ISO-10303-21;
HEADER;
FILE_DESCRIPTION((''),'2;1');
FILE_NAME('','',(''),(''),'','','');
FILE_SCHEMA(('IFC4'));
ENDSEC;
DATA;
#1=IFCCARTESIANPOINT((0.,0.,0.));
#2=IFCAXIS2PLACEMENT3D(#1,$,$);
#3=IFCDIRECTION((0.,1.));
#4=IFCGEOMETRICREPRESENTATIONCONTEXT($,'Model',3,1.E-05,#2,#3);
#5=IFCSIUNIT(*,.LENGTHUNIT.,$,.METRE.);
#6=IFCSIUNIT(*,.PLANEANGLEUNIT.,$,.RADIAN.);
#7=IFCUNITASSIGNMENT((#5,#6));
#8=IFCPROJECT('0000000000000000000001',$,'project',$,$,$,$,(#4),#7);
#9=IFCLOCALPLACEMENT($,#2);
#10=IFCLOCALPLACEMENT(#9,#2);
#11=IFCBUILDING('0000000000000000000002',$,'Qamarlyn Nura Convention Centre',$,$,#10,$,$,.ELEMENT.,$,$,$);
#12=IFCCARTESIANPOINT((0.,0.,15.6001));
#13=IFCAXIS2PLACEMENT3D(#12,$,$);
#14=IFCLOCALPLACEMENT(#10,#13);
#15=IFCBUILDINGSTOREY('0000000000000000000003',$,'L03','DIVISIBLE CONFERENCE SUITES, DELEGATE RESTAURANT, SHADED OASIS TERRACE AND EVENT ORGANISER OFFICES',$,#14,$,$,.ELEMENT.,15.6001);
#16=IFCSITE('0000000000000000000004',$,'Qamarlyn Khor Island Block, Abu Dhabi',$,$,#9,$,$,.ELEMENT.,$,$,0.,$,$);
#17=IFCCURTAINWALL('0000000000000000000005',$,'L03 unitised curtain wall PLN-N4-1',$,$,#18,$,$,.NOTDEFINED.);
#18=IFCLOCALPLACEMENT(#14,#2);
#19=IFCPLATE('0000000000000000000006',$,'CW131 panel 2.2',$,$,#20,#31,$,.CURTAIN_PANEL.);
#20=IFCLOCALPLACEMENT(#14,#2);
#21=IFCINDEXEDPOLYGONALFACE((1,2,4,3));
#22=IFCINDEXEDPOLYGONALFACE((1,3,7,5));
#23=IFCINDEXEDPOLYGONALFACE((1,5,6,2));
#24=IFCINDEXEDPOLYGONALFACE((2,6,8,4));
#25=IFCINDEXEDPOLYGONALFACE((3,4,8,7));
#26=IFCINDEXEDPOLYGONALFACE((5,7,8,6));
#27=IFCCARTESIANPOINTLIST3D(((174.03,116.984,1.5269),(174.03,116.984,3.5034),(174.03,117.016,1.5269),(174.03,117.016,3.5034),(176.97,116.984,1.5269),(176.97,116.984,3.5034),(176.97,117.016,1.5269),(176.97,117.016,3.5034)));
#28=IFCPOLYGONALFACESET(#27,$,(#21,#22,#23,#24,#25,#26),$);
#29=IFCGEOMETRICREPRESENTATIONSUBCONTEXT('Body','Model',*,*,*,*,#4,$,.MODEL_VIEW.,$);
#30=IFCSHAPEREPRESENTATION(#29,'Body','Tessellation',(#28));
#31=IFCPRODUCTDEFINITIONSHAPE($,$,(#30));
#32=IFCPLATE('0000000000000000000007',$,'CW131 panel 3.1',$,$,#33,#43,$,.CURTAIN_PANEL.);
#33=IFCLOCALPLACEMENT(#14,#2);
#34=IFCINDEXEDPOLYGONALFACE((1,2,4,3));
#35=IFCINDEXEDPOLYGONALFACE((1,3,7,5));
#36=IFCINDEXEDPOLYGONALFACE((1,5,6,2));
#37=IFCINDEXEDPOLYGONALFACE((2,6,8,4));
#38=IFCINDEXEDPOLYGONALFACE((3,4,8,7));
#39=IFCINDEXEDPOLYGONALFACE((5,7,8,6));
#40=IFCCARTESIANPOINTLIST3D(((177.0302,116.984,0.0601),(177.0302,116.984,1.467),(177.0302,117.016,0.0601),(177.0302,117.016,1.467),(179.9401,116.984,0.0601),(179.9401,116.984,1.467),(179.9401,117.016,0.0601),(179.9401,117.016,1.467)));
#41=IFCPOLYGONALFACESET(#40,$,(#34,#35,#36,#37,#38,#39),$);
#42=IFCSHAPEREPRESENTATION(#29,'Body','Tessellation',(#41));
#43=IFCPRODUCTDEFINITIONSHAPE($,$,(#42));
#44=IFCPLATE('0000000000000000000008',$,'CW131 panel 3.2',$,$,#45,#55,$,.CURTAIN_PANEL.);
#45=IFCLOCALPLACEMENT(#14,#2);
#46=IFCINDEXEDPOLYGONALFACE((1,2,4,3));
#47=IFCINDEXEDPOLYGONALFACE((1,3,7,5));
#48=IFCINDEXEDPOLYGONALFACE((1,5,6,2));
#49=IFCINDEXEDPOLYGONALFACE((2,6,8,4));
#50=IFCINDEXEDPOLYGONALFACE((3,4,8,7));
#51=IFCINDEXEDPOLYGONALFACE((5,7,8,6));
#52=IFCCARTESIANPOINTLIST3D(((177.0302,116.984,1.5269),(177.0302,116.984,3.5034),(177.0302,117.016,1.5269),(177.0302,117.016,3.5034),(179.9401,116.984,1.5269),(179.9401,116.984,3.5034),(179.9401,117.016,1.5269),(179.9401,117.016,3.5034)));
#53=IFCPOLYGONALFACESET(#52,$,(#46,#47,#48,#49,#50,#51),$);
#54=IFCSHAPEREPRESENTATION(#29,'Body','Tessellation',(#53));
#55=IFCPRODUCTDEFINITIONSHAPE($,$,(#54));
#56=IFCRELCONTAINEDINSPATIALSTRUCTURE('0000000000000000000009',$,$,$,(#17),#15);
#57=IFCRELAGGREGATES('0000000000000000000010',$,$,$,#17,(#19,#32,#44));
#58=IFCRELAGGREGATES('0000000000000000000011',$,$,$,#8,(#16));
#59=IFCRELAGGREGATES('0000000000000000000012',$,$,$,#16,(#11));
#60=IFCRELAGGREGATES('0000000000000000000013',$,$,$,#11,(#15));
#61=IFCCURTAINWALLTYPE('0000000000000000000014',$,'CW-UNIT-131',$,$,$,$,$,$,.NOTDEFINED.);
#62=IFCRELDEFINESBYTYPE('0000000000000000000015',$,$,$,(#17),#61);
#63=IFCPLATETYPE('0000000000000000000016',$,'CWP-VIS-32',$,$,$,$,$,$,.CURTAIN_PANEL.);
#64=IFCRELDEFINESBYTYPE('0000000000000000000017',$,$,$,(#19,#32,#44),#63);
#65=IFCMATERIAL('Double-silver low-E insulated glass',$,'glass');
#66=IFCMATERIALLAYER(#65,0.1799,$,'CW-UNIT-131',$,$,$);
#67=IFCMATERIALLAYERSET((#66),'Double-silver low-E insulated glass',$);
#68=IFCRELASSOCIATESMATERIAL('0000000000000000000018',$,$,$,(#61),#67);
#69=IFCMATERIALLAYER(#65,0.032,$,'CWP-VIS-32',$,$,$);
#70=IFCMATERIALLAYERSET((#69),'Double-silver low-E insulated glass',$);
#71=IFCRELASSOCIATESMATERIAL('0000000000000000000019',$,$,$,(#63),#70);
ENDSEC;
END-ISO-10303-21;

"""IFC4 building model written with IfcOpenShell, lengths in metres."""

from ifc_helpers import new_model, si_unit, direction, frame, origin, origin_2d, place, context, subcontext, project, spatial, rectangle, extrude, material, layer, layer_set, type_object, element, aggregate, save


model = new_model("IFC4")

# Units and contexts
model_context = context("Model", 3, precision=1e-05, world=origin(), true_north=direction((0.0, 1.0)))
body_context = subcontext(model_context, "Body", "Model", "MODEL_VIEW")
ifc_project = project(units=[si_unit("LENGTHUNIT", "METRE"), si_unit("PLANEANGLEUNIT", "RADIAN")], contexts=[model_context])

# Site, building, storey
site_placement = place(None, origin())
site = spatial("IfcSite", under=ifc_project, at=site_placement, Name="Qamarlyn Khor Island Block, Abu Dhabi", CompositionType="ELEMENT", RefElevation=0.0)
building_placement = place(site_placement, origin())
building = spatial("IfcBuilding", under=site, at=building_placement, Name="Qamarlyn Nura Convention Centre", CompositionType="ELEMENT")
storey_placement = place(building_placement, frame((0.0, 0.0, 15.6001)))
storey = spatial("IfcBuildingStorey", under=building, at=storey_placement, Name="L03", Description="DIVISIBLE CONFERENCE SUITES, DELEGATE RESTAURANT, SHADED OASIS TERRACE AND EVENT ORGANISER OFFICES", CompositionType="ELEMENT", Elevation=15.6001)

# Curtain wall
ifc_material_1 = material(Name="Double-silver low-E insulated glass", Category="glass")
ifc_layer_1 = layer(ifc_material_1, 0.1799, Name="CW-UNIT-131")
ifc_layer_set_1 = layer_set([ifc_layer_1], Name="Double-silver low-E insulated glass")
curtain_wall_type_1 = type_object("IfcCurtainWallType", Name="CW-UNIT-131", PredefinedType="NOTDEFINED", material=ifc_layer_set_1)
curtain_wall_1_placement = place(storey_placement, origin())
curtain_wall_1 = element("IfcCurtainWall", 1, at=curtain_wall_1_placement, inside=storey, type_object=curtain_wall_type_1, Name="L03 unitised curtain wall PLN-N4-1", PredefinedType="NOTDEFINED")

# Plates
ifc_layer_2 = layer(ifc_material_1, 0.032, Name="CWP-VIS-32")
ifc_layer_set_2 = layer_set([ifc_layer_2], Name="Double-silver low-E insulated glass")
plate_type_1 = type_object("IfcPlateType", Name="CWP-VIS-32", PredefinedType="CURTAIN_PANEL", material=ifc_layer_set_2)
plate_1_placement = place(storey_placement, frame((175.5, 117.0, 1.5269), z_axis=(0.0, 0.0, 1.0), x_axis=(1.0, 0.0, 0.0)))
plate_1 = element("IfcPlate", 2, at=plate_1_placement, type_object=plate_type_1, Name="CW131 panel 2.2", PredefinedType="CURTAIN_PANEL", context=body_context, shape_type="SweptSolid", body=[
    extrude(rectangle(XDim=2.9399, YDim=0.032, at=origin_2d()), origin(), (0.0, 0.0, 1.0), 1.9766),
])
plate_2_placement = place(storey_placement, frame((178.4851, 117.0, 0.0601), z_axis=(0.0, 0.0, 1.0), x_axis=(1.0, 0.0, 0.0)))
plate_2 = element("IfcPlate", 3, at=plate_2_placement, type_object=plate_type_1, Name="CW131 panel 3.1", PredefinedType="CURTAIN_PANEL", context=body_context, shape_type="SweptSolid", body=[
    extrude(rectangle(XDim=2.9099, YDim=0.032, at=origin_2d()), origin(), (0.0, 0.0, 1.0), 1.407),
])
plate_3_placement = place(storey_placement, frame((178.4851, 117.0, 1.5269), z_axis=(0.0, 0.0, 1.0), x_axis=(1.0, 0.0, 0.0)))
plate_3 = element("IfcPlate", 4, at=plate_3_placement, type_object=plate_type_1, Name="CW131 panel 3.2", PredefinedType="CURTAIN_PANEL", context=body_context, shape_type="SweptSolid", body=[
    extrude(rectangle(XDim=2.9099, YDim=0.032, at=origin_2d()), origin(), (0.0, 0.0, 1.0), 1.9766),
])
aggregate(curtain_wall_1, [plate_1, plate_2, plate_3])

save(model, "model.ifc")
